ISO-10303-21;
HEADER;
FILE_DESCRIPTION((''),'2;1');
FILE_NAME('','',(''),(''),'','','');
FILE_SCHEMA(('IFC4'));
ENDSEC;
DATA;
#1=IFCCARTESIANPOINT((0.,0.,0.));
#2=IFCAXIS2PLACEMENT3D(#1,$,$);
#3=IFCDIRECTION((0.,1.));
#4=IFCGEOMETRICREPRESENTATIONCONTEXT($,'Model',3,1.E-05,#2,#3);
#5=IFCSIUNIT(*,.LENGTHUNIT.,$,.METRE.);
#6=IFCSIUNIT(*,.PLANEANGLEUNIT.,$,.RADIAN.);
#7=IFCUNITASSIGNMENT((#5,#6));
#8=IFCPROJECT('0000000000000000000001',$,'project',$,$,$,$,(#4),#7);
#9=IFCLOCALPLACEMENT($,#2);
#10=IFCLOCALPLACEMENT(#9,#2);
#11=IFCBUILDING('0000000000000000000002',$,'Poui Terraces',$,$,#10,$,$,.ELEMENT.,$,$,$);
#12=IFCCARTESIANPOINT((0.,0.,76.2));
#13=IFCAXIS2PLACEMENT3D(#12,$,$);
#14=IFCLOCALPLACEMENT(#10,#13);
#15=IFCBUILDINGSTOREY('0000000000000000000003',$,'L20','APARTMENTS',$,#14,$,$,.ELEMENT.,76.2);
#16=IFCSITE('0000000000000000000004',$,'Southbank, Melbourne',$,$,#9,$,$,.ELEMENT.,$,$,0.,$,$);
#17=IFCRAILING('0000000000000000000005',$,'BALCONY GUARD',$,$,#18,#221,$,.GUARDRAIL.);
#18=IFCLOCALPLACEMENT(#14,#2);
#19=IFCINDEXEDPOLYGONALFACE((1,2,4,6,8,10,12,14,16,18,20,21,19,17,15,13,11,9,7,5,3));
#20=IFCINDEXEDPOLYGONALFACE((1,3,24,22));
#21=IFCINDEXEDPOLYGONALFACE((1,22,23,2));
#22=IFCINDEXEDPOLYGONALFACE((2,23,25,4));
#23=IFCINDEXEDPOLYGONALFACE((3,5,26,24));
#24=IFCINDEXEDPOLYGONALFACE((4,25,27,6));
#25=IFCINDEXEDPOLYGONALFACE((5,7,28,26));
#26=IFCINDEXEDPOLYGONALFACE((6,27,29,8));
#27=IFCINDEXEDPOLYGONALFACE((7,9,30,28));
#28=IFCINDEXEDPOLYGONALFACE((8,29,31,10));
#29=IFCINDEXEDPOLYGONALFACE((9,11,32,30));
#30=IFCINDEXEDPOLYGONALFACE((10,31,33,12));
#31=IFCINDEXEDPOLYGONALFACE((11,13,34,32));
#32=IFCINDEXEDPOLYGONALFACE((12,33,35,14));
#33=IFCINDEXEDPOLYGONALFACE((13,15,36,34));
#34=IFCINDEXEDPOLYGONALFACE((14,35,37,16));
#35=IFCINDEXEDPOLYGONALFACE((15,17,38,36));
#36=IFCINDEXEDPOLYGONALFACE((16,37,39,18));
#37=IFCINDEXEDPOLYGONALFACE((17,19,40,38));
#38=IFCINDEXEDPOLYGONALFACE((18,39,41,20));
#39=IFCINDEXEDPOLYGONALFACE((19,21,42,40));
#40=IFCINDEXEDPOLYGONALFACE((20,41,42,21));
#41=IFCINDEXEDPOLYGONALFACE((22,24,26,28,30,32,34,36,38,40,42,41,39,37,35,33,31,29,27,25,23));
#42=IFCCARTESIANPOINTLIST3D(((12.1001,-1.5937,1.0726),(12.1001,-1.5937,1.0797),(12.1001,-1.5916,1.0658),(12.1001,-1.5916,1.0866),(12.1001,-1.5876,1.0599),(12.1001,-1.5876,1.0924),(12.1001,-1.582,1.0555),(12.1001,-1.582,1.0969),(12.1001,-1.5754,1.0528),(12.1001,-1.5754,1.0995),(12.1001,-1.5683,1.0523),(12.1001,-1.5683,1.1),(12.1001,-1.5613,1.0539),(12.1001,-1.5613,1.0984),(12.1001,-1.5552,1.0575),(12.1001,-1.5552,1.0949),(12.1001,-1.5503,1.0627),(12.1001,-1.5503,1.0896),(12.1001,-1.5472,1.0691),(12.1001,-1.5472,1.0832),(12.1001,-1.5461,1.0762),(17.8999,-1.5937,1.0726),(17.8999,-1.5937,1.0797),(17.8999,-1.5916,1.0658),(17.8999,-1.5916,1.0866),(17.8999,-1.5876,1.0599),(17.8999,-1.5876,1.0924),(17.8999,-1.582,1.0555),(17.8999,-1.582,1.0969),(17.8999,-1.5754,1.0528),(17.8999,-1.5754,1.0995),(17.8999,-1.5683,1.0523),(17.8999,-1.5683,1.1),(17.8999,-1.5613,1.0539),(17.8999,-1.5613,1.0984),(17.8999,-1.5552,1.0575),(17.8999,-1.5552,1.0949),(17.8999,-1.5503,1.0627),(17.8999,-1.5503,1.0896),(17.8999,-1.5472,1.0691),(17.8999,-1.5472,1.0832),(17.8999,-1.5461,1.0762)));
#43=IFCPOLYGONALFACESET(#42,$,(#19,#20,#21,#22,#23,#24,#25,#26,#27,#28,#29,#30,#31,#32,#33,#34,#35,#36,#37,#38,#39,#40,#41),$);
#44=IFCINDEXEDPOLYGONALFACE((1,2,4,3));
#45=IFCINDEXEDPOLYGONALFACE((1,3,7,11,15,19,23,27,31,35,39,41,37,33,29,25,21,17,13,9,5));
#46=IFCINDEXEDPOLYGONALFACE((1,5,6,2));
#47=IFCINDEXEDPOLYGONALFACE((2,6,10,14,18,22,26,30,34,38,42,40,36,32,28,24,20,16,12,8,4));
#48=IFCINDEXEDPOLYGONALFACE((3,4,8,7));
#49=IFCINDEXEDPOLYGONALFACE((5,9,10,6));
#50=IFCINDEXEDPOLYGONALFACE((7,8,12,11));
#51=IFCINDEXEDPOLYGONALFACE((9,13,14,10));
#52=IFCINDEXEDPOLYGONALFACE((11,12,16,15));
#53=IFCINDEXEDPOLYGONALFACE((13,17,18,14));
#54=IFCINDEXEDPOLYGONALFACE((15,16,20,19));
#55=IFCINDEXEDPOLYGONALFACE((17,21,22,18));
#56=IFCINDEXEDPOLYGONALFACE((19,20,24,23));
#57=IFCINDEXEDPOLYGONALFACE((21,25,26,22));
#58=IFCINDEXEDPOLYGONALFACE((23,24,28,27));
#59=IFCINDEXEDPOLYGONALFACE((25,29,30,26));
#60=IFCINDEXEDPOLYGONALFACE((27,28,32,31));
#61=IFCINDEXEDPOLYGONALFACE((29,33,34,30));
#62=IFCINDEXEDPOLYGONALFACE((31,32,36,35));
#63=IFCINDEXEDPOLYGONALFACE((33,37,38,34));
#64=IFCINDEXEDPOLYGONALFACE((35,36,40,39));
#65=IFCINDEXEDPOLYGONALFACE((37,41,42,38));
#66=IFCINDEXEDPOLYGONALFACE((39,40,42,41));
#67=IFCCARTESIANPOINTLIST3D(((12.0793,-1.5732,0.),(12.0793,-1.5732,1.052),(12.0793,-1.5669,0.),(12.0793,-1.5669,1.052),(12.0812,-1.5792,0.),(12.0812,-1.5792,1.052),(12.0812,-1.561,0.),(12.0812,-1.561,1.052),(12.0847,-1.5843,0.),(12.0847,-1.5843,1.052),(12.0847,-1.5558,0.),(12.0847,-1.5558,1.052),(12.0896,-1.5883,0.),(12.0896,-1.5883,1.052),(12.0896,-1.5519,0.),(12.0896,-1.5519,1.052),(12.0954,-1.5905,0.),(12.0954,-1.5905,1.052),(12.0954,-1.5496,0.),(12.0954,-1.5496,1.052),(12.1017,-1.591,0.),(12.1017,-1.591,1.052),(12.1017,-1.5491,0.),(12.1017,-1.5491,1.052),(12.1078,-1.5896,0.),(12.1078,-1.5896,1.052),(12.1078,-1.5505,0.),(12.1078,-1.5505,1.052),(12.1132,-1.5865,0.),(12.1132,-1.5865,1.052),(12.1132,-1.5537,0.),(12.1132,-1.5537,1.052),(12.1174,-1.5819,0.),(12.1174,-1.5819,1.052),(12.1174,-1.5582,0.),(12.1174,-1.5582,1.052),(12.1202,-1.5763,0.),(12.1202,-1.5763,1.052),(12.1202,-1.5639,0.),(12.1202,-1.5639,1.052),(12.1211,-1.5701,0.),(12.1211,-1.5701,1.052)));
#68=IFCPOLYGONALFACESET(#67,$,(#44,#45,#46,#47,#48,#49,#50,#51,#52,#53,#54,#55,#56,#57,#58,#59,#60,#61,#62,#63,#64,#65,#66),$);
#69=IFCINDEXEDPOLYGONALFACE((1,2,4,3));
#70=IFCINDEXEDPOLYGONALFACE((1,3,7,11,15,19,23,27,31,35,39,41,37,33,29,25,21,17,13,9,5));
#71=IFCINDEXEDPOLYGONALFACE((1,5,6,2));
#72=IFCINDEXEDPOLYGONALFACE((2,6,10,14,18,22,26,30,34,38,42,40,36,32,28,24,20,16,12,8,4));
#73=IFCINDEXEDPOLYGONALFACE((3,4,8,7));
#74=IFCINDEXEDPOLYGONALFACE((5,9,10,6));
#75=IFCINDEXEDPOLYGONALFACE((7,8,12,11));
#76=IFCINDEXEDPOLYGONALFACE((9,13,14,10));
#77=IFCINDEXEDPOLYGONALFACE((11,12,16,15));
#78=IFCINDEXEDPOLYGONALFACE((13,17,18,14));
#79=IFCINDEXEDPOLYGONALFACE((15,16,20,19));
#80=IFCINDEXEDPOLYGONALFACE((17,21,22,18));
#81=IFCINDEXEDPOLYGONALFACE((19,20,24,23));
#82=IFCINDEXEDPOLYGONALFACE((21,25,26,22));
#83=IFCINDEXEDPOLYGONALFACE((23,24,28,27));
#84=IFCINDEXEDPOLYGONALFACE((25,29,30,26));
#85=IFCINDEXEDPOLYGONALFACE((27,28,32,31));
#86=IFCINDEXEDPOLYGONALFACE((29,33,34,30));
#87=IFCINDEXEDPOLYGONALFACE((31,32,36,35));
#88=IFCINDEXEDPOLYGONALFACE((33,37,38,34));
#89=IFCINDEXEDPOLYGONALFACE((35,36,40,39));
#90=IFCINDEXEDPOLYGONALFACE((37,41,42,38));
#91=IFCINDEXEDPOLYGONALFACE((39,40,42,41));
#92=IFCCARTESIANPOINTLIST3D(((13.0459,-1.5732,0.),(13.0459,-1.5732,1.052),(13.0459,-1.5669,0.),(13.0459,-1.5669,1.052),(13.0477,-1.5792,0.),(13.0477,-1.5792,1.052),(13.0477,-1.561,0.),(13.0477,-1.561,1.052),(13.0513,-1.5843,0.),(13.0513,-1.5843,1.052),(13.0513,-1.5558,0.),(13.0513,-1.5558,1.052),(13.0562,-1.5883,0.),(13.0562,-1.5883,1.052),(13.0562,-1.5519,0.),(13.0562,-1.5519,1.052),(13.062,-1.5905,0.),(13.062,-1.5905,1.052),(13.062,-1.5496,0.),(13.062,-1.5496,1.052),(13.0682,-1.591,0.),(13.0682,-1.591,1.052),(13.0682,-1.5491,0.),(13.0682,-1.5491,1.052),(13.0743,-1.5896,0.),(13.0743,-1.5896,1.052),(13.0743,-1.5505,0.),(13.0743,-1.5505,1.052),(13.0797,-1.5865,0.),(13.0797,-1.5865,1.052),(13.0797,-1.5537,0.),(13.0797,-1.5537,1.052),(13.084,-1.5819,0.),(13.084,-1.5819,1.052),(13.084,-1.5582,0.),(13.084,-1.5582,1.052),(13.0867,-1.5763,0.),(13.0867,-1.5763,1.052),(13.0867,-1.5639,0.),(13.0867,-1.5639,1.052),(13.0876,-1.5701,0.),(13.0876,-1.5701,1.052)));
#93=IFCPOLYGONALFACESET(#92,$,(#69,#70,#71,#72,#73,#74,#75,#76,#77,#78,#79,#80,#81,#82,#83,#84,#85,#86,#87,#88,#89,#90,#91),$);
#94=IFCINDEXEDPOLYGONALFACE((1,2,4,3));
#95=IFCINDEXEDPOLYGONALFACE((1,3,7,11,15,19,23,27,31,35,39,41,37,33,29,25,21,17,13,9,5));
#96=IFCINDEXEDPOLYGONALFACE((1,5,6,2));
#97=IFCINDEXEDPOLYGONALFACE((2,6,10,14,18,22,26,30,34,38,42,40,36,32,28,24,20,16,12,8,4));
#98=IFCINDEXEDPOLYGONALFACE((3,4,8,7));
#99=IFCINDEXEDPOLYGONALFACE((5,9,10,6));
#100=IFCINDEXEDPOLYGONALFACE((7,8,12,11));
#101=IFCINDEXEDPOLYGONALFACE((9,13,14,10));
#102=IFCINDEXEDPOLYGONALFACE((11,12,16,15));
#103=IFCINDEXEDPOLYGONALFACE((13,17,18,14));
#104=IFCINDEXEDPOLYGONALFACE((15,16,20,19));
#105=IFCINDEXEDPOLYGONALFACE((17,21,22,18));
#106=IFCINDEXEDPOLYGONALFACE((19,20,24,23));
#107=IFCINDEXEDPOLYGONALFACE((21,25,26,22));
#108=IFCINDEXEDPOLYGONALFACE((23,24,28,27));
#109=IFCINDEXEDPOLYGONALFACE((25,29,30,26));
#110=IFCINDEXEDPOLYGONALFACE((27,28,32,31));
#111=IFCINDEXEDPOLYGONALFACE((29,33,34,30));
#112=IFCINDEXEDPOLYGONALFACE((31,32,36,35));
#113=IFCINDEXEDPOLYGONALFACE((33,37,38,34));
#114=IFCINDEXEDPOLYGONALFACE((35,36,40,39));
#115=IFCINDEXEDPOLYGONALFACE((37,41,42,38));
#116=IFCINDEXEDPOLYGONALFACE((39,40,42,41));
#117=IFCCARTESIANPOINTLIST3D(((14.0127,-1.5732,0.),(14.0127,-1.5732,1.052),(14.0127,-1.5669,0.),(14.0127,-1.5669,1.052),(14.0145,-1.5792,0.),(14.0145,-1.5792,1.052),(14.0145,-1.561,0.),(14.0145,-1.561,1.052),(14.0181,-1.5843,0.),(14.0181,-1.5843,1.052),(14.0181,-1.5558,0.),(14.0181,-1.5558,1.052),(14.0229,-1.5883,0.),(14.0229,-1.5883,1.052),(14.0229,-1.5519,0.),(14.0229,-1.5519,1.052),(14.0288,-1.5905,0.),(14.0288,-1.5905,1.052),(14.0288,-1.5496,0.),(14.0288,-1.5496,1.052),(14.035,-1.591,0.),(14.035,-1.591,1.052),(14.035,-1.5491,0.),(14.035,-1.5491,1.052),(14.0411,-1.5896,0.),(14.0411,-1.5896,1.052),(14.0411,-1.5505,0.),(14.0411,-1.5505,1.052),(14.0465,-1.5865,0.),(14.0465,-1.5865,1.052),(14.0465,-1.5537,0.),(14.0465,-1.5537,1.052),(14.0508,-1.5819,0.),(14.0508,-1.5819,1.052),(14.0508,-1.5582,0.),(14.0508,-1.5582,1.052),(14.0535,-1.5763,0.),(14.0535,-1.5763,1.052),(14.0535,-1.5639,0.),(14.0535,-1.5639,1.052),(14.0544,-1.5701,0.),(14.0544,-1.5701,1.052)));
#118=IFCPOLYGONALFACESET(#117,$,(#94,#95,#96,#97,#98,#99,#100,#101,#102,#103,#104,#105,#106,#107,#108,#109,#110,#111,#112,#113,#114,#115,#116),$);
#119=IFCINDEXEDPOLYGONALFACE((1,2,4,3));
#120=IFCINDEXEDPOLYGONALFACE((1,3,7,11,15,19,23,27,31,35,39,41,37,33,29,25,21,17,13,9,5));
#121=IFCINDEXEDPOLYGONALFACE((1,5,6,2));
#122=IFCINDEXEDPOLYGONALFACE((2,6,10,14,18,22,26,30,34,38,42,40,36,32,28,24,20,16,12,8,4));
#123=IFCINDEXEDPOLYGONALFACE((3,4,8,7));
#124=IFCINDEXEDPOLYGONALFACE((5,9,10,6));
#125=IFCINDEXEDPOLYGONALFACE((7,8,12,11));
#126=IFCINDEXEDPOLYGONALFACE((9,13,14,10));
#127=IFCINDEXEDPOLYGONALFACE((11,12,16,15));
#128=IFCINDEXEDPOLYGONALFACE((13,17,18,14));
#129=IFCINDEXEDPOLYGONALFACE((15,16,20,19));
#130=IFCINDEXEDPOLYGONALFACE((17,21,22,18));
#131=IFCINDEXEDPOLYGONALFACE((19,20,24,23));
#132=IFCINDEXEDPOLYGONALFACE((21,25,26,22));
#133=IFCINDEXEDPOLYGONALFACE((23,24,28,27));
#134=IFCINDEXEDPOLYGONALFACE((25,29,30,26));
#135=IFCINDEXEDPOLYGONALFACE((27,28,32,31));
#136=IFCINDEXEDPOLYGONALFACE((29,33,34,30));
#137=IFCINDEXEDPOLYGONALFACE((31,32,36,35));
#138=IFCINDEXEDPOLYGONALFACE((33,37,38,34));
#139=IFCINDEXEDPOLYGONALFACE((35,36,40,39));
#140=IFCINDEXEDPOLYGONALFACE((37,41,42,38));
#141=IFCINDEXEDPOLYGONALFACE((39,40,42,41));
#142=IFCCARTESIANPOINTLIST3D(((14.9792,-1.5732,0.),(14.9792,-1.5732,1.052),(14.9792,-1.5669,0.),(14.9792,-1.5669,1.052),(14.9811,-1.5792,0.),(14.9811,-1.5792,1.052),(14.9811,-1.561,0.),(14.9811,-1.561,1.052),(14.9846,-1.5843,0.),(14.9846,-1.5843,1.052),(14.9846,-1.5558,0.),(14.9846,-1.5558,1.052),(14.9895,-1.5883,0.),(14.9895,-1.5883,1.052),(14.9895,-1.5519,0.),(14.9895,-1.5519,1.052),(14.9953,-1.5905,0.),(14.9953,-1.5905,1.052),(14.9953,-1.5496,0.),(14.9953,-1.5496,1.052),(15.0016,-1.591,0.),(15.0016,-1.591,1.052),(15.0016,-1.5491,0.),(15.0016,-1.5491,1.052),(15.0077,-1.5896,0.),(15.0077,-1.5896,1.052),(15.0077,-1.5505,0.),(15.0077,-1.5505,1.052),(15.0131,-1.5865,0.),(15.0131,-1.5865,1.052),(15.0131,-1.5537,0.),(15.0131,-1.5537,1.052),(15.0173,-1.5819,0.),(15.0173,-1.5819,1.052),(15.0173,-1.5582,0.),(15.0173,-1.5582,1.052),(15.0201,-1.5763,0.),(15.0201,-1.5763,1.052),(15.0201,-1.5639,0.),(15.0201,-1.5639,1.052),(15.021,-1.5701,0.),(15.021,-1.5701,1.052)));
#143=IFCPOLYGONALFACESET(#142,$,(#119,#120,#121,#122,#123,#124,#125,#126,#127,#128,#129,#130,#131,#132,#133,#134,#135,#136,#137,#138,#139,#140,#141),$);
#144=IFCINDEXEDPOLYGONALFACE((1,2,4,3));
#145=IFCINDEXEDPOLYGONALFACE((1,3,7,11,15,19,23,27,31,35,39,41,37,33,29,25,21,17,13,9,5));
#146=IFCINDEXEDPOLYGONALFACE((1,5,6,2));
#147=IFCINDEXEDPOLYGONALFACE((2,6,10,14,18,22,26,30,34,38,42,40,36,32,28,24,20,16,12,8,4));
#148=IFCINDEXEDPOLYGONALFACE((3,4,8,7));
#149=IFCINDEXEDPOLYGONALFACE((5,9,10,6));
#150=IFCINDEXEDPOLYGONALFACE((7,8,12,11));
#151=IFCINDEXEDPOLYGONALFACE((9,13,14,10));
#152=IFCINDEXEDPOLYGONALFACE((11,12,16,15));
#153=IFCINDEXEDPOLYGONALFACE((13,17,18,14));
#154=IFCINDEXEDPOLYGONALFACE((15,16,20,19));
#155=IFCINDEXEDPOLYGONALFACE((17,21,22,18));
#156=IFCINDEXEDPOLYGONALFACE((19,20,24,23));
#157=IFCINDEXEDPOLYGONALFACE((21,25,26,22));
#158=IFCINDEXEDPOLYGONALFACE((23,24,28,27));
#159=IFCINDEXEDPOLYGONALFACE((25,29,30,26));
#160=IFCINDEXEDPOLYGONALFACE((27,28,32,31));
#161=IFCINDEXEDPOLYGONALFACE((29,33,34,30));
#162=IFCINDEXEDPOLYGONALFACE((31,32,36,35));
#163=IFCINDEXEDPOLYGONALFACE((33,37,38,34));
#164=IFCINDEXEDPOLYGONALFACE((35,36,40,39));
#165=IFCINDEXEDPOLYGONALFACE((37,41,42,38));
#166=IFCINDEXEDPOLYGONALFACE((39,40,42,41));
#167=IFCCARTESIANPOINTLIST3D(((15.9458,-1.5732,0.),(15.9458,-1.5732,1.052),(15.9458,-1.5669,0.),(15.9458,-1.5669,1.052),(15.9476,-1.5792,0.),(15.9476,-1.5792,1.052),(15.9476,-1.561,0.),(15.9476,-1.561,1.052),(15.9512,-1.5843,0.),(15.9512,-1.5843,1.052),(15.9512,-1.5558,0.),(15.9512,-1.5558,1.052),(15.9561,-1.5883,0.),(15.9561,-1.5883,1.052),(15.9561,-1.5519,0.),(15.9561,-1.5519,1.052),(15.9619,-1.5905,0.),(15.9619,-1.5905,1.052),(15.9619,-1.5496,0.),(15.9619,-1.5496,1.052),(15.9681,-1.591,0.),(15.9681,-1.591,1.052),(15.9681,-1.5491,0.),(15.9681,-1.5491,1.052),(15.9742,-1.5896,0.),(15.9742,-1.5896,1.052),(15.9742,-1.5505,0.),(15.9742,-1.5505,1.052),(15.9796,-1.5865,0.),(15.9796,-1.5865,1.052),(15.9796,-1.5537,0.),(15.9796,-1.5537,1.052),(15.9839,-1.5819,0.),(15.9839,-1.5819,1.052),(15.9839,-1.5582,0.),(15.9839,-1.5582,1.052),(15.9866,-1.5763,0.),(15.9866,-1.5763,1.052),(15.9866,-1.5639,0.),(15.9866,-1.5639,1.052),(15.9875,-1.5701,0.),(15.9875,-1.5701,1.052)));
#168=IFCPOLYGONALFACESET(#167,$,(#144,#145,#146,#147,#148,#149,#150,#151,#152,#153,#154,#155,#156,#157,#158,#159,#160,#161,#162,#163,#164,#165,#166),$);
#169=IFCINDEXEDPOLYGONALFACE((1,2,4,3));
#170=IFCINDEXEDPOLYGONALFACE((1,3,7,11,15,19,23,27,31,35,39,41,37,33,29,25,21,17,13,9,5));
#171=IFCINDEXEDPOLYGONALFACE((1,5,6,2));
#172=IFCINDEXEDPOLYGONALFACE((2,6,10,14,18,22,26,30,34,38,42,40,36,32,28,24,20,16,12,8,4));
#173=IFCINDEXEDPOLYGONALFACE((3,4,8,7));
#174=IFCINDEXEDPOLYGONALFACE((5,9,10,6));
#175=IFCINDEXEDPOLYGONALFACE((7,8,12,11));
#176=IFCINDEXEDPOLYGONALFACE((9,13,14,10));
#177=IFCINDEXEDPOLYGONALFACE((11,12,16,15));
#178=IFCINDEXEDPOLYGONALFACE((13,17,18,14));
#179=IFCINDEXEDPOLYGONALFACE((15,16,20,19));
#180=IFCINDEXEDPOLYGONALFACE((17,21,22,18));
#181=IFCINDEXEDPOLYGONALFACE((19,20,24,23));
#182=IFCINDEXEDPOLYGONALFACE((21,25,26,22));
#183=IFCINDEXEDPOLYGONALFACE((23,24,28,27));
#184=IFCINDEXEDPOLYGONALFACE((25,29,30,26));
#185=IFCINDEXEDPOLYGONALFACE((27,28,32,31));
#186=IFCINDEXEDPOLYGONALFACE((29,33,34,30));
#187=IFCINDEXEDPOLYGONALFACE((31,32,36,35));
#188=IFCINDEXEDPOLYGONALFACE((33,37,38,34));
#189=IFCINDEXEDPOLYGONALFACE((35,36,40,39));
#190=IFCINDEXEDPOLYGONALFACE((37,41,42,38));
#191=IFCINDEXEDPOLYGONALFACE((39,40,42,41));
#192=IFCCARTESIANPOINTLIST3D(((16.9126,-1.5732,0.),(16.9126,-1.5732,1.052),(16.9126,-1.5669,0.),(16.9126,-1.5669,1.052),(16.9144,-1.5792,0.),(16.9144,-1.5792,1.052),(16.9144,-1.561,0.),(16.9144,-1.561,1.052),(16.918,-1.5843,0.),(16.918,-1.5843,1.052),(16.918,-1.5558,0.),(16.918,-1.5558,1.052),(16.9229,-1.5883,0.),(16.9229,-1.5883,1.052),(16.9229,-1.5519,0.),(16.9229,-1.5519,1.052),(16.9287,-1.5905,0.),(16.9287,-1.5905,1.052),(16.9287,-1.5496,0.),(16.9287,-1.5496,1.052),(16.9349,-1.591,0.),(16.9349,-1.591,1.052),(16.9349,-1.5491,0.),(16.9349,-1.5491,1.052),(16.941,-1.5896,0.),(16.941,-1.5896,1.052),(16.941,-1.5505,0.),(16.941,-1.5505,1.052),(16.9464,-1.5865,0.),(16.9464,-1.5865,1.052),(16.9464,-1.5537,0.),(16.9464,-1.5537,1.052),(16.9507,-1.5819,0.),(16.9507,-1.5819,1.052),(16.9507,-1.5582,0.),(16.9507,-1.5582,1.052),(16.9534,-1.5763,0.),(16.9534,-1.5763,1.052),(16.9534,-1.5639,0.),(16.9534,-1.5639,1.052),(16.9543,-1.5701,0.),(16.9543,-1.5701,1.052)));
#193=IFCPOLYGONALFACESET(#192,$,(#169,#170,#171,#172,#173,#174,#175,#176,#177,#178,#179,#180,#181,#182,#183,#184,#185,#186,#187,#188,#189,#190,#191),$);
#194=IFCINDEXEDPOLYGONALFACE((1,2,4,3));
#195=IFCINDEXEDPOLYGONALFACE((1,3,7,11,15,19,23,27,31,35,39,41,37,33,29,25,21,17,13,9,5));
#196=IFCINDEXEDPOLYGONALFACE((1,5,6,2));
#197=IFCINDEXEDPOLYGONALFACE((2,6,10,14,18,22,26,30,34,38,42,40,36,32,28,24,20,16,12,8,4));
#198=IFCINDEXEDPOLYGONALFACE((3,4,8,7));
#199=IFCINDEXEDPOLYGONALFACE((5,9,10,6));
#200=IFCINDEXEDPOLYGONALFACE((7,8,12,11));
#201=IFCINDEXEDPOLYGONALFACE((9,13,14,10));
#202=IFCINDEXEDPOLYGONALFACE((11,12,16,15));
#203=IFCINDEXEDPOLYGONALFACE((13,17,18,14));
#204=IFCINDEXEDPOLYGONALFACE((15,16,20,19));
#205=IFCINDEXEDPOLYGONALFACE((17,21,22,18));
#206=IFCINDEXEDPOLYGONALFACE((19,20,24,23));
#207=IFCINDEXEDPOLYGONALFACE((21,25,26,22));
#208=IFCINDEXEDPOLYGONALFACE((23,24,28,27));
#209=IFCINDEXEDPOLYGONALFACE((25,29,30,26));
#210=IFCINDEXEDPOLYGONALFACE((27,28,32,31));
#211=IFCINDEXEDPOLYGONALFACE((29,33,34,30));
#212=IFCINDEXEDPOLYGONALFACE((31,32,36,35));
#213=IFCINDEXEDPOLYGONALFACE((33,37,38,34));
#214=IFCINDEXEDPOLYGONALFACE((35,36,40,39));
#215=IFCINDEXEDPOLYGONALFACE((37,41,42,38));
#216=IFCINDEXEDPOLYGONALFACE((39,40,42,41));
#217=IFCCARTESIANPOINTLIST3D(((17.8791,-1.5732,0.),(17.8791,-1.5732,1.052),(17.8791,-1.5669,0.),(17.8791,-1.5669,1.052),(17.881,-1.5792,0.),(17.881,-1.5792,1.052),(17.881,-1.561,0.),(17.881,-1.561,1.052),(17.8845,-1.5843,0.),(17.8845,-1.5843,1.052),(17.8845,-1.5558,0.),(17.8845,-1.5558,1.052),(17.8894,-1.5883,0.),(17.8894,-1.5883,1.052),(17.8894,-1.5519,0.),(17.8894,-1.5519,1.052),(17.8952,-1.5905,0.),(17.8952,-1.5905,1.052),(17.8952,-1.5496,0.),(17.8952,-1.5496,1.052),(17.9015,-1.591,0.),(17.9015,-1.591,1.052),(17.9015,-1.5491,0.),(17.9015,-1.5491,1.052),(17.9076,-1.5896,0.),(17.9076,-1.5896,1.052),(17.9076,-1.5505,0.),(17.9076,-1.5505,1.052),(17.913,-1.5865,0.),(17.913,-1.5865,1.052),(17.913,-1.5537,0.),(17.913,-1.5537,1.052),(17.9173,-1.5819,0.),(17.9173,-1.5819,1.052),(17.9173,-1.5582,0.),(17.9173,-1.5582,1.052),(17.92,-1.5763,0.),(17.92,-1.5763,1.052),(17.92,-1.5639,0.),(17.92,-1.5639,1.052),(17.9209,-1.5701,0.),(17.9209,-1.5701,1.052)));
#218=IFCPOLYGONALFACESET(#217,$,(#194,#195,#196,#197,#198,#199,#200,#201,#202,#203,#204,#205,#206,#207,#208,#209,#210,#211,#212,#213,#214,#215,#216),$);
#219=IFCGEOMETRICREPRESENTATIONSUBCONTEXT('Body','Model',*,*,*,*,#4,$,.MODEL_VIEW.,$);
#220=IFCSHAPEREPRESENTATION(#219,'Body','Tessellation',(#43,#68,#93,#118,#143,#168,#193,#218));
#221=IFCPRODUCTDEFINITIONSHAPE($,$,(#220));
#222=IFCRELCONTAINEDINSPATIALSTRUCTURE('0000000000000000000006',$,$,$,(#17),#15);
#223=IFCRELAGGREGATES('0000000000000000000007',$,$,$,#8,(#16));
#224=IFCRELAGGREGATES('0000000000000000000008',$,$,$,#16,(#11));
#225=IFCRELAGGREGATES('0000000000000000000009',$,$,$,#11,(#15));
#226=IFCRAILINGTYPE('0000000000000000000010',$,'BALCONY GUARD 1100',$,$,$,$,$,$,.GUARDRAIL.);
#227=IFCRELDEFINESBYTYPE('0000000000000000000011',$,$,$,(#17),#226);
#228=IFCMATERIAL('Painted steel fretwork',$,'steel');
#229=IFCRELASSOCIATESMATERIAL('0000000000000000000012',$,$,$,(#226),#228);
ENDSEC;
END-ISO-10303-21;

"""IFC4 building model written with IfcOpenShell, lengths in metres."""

from ifc_helpers import new_model, si_unit, direction, frame, origin, origin_2d, place, context, subcontext, project, spatial, circle, extrude, material, type_object, element, save


model = new_model("IFC4")

# Units and contexts
model_context = context("Model", 3, precision=1e-05, world=origin(), true_north=direction((0.0, 1.0)))
body_context = subcontext(model_context, "Body", "Model", "MODEL_VIEW")
ifc_project = project(units=[si_unit("LENGTHUNIT", "METRE"), si_unit("PLANEANGLEUNIT", "RADIAN")], contexts=[model_context])

# Site, building, storey
site_placement = place(None, origin())
site = spatial("IfcSite", under=ifc_project, at=site_placement, Name="Southbank, Melbourne", CompositionType="ELEMENT", RefElevation=0.0)
building_placement = place(site_placement, origin())
building = spatial("IfcBuilding", under=site, at=building_placement, Name="Poui Terraces", CompositionType="ELEMENT")
storey_placement = place(building_placement, frame((0.0, 0.0, 76.2)))
storey = spatial("IfcBuildingStorey", under=building, at=storey_placement, Name="L20", Description="APARTMENTS", CompositionType="ELEMENT", Elevation=76.2)

# Railing
ifc_material_1 = material(Name="Painted steel fretwork", Category="steel")
railing_type = type_object("IfcRailingType", Name="BALCONY GUARD 1100", PredefinedType="GUARDRAIL", material=ifc_material_1)
railing_placement = place(storey_placement, frame((12.1001, -1.5701, 0.0)))
element("IfcRailing", 1, at=railing_placement, inside=storey, type_object=railing_type, Name="BALCONY GUARD", PredefinedType="GUARDRAIL", context=body_context, shape_type="SweptSolid", body=[
    extrude(circle(Radius=0.0239, at=origin_2d()), frame((0.0, 0.0, 1.0762), z_axis=(1.0, 0.0, 0.0), x_axis=(0.0, 1.0, 0.0)), (0.0, 0.0, 1.0), 5.7998),
    extrude(circle(Radius=0.021, at=origin_2d()), origin(), (0.0, 0.0, 1.0), 1.052),
    extrude(circle(Radius=0.021, at=origin_2d()), frame((0.9666, 0.0, 0.0)), (0.0, 0.0, 1.0), 1.052),
    extrude(circle(Radius=0.021, at=origin_2d()), frame((1.9333, 0.0, 0.0)), (0.0, 0.0, 1.0), 1.052),
    extrude(circle(Radius=0.021, at=origin_2d()), frame((2.8999, 0.0, 0.0)), (0.0, 0.0, 1.0), 1.052),
    extrude(circle(Radius=0.021, at=origin_2d()), frame((3.8665, 0.0, 0.0)), (0.0, 0.0, 1.0), 1.052),
    extrude(circle(Radius=0.021, at=origin_2d()), frame((4.8333, 0.0, 0.0)), (0.0, 0.0, 1.0), 1.052),
    extrude(circle(Radius=0.021, at=origin_2d()), frame((5.7998, 0.0, 0.0)), (0.0, 0.0, 1.0), 1.052),
])

save(model, "model.ifc")
